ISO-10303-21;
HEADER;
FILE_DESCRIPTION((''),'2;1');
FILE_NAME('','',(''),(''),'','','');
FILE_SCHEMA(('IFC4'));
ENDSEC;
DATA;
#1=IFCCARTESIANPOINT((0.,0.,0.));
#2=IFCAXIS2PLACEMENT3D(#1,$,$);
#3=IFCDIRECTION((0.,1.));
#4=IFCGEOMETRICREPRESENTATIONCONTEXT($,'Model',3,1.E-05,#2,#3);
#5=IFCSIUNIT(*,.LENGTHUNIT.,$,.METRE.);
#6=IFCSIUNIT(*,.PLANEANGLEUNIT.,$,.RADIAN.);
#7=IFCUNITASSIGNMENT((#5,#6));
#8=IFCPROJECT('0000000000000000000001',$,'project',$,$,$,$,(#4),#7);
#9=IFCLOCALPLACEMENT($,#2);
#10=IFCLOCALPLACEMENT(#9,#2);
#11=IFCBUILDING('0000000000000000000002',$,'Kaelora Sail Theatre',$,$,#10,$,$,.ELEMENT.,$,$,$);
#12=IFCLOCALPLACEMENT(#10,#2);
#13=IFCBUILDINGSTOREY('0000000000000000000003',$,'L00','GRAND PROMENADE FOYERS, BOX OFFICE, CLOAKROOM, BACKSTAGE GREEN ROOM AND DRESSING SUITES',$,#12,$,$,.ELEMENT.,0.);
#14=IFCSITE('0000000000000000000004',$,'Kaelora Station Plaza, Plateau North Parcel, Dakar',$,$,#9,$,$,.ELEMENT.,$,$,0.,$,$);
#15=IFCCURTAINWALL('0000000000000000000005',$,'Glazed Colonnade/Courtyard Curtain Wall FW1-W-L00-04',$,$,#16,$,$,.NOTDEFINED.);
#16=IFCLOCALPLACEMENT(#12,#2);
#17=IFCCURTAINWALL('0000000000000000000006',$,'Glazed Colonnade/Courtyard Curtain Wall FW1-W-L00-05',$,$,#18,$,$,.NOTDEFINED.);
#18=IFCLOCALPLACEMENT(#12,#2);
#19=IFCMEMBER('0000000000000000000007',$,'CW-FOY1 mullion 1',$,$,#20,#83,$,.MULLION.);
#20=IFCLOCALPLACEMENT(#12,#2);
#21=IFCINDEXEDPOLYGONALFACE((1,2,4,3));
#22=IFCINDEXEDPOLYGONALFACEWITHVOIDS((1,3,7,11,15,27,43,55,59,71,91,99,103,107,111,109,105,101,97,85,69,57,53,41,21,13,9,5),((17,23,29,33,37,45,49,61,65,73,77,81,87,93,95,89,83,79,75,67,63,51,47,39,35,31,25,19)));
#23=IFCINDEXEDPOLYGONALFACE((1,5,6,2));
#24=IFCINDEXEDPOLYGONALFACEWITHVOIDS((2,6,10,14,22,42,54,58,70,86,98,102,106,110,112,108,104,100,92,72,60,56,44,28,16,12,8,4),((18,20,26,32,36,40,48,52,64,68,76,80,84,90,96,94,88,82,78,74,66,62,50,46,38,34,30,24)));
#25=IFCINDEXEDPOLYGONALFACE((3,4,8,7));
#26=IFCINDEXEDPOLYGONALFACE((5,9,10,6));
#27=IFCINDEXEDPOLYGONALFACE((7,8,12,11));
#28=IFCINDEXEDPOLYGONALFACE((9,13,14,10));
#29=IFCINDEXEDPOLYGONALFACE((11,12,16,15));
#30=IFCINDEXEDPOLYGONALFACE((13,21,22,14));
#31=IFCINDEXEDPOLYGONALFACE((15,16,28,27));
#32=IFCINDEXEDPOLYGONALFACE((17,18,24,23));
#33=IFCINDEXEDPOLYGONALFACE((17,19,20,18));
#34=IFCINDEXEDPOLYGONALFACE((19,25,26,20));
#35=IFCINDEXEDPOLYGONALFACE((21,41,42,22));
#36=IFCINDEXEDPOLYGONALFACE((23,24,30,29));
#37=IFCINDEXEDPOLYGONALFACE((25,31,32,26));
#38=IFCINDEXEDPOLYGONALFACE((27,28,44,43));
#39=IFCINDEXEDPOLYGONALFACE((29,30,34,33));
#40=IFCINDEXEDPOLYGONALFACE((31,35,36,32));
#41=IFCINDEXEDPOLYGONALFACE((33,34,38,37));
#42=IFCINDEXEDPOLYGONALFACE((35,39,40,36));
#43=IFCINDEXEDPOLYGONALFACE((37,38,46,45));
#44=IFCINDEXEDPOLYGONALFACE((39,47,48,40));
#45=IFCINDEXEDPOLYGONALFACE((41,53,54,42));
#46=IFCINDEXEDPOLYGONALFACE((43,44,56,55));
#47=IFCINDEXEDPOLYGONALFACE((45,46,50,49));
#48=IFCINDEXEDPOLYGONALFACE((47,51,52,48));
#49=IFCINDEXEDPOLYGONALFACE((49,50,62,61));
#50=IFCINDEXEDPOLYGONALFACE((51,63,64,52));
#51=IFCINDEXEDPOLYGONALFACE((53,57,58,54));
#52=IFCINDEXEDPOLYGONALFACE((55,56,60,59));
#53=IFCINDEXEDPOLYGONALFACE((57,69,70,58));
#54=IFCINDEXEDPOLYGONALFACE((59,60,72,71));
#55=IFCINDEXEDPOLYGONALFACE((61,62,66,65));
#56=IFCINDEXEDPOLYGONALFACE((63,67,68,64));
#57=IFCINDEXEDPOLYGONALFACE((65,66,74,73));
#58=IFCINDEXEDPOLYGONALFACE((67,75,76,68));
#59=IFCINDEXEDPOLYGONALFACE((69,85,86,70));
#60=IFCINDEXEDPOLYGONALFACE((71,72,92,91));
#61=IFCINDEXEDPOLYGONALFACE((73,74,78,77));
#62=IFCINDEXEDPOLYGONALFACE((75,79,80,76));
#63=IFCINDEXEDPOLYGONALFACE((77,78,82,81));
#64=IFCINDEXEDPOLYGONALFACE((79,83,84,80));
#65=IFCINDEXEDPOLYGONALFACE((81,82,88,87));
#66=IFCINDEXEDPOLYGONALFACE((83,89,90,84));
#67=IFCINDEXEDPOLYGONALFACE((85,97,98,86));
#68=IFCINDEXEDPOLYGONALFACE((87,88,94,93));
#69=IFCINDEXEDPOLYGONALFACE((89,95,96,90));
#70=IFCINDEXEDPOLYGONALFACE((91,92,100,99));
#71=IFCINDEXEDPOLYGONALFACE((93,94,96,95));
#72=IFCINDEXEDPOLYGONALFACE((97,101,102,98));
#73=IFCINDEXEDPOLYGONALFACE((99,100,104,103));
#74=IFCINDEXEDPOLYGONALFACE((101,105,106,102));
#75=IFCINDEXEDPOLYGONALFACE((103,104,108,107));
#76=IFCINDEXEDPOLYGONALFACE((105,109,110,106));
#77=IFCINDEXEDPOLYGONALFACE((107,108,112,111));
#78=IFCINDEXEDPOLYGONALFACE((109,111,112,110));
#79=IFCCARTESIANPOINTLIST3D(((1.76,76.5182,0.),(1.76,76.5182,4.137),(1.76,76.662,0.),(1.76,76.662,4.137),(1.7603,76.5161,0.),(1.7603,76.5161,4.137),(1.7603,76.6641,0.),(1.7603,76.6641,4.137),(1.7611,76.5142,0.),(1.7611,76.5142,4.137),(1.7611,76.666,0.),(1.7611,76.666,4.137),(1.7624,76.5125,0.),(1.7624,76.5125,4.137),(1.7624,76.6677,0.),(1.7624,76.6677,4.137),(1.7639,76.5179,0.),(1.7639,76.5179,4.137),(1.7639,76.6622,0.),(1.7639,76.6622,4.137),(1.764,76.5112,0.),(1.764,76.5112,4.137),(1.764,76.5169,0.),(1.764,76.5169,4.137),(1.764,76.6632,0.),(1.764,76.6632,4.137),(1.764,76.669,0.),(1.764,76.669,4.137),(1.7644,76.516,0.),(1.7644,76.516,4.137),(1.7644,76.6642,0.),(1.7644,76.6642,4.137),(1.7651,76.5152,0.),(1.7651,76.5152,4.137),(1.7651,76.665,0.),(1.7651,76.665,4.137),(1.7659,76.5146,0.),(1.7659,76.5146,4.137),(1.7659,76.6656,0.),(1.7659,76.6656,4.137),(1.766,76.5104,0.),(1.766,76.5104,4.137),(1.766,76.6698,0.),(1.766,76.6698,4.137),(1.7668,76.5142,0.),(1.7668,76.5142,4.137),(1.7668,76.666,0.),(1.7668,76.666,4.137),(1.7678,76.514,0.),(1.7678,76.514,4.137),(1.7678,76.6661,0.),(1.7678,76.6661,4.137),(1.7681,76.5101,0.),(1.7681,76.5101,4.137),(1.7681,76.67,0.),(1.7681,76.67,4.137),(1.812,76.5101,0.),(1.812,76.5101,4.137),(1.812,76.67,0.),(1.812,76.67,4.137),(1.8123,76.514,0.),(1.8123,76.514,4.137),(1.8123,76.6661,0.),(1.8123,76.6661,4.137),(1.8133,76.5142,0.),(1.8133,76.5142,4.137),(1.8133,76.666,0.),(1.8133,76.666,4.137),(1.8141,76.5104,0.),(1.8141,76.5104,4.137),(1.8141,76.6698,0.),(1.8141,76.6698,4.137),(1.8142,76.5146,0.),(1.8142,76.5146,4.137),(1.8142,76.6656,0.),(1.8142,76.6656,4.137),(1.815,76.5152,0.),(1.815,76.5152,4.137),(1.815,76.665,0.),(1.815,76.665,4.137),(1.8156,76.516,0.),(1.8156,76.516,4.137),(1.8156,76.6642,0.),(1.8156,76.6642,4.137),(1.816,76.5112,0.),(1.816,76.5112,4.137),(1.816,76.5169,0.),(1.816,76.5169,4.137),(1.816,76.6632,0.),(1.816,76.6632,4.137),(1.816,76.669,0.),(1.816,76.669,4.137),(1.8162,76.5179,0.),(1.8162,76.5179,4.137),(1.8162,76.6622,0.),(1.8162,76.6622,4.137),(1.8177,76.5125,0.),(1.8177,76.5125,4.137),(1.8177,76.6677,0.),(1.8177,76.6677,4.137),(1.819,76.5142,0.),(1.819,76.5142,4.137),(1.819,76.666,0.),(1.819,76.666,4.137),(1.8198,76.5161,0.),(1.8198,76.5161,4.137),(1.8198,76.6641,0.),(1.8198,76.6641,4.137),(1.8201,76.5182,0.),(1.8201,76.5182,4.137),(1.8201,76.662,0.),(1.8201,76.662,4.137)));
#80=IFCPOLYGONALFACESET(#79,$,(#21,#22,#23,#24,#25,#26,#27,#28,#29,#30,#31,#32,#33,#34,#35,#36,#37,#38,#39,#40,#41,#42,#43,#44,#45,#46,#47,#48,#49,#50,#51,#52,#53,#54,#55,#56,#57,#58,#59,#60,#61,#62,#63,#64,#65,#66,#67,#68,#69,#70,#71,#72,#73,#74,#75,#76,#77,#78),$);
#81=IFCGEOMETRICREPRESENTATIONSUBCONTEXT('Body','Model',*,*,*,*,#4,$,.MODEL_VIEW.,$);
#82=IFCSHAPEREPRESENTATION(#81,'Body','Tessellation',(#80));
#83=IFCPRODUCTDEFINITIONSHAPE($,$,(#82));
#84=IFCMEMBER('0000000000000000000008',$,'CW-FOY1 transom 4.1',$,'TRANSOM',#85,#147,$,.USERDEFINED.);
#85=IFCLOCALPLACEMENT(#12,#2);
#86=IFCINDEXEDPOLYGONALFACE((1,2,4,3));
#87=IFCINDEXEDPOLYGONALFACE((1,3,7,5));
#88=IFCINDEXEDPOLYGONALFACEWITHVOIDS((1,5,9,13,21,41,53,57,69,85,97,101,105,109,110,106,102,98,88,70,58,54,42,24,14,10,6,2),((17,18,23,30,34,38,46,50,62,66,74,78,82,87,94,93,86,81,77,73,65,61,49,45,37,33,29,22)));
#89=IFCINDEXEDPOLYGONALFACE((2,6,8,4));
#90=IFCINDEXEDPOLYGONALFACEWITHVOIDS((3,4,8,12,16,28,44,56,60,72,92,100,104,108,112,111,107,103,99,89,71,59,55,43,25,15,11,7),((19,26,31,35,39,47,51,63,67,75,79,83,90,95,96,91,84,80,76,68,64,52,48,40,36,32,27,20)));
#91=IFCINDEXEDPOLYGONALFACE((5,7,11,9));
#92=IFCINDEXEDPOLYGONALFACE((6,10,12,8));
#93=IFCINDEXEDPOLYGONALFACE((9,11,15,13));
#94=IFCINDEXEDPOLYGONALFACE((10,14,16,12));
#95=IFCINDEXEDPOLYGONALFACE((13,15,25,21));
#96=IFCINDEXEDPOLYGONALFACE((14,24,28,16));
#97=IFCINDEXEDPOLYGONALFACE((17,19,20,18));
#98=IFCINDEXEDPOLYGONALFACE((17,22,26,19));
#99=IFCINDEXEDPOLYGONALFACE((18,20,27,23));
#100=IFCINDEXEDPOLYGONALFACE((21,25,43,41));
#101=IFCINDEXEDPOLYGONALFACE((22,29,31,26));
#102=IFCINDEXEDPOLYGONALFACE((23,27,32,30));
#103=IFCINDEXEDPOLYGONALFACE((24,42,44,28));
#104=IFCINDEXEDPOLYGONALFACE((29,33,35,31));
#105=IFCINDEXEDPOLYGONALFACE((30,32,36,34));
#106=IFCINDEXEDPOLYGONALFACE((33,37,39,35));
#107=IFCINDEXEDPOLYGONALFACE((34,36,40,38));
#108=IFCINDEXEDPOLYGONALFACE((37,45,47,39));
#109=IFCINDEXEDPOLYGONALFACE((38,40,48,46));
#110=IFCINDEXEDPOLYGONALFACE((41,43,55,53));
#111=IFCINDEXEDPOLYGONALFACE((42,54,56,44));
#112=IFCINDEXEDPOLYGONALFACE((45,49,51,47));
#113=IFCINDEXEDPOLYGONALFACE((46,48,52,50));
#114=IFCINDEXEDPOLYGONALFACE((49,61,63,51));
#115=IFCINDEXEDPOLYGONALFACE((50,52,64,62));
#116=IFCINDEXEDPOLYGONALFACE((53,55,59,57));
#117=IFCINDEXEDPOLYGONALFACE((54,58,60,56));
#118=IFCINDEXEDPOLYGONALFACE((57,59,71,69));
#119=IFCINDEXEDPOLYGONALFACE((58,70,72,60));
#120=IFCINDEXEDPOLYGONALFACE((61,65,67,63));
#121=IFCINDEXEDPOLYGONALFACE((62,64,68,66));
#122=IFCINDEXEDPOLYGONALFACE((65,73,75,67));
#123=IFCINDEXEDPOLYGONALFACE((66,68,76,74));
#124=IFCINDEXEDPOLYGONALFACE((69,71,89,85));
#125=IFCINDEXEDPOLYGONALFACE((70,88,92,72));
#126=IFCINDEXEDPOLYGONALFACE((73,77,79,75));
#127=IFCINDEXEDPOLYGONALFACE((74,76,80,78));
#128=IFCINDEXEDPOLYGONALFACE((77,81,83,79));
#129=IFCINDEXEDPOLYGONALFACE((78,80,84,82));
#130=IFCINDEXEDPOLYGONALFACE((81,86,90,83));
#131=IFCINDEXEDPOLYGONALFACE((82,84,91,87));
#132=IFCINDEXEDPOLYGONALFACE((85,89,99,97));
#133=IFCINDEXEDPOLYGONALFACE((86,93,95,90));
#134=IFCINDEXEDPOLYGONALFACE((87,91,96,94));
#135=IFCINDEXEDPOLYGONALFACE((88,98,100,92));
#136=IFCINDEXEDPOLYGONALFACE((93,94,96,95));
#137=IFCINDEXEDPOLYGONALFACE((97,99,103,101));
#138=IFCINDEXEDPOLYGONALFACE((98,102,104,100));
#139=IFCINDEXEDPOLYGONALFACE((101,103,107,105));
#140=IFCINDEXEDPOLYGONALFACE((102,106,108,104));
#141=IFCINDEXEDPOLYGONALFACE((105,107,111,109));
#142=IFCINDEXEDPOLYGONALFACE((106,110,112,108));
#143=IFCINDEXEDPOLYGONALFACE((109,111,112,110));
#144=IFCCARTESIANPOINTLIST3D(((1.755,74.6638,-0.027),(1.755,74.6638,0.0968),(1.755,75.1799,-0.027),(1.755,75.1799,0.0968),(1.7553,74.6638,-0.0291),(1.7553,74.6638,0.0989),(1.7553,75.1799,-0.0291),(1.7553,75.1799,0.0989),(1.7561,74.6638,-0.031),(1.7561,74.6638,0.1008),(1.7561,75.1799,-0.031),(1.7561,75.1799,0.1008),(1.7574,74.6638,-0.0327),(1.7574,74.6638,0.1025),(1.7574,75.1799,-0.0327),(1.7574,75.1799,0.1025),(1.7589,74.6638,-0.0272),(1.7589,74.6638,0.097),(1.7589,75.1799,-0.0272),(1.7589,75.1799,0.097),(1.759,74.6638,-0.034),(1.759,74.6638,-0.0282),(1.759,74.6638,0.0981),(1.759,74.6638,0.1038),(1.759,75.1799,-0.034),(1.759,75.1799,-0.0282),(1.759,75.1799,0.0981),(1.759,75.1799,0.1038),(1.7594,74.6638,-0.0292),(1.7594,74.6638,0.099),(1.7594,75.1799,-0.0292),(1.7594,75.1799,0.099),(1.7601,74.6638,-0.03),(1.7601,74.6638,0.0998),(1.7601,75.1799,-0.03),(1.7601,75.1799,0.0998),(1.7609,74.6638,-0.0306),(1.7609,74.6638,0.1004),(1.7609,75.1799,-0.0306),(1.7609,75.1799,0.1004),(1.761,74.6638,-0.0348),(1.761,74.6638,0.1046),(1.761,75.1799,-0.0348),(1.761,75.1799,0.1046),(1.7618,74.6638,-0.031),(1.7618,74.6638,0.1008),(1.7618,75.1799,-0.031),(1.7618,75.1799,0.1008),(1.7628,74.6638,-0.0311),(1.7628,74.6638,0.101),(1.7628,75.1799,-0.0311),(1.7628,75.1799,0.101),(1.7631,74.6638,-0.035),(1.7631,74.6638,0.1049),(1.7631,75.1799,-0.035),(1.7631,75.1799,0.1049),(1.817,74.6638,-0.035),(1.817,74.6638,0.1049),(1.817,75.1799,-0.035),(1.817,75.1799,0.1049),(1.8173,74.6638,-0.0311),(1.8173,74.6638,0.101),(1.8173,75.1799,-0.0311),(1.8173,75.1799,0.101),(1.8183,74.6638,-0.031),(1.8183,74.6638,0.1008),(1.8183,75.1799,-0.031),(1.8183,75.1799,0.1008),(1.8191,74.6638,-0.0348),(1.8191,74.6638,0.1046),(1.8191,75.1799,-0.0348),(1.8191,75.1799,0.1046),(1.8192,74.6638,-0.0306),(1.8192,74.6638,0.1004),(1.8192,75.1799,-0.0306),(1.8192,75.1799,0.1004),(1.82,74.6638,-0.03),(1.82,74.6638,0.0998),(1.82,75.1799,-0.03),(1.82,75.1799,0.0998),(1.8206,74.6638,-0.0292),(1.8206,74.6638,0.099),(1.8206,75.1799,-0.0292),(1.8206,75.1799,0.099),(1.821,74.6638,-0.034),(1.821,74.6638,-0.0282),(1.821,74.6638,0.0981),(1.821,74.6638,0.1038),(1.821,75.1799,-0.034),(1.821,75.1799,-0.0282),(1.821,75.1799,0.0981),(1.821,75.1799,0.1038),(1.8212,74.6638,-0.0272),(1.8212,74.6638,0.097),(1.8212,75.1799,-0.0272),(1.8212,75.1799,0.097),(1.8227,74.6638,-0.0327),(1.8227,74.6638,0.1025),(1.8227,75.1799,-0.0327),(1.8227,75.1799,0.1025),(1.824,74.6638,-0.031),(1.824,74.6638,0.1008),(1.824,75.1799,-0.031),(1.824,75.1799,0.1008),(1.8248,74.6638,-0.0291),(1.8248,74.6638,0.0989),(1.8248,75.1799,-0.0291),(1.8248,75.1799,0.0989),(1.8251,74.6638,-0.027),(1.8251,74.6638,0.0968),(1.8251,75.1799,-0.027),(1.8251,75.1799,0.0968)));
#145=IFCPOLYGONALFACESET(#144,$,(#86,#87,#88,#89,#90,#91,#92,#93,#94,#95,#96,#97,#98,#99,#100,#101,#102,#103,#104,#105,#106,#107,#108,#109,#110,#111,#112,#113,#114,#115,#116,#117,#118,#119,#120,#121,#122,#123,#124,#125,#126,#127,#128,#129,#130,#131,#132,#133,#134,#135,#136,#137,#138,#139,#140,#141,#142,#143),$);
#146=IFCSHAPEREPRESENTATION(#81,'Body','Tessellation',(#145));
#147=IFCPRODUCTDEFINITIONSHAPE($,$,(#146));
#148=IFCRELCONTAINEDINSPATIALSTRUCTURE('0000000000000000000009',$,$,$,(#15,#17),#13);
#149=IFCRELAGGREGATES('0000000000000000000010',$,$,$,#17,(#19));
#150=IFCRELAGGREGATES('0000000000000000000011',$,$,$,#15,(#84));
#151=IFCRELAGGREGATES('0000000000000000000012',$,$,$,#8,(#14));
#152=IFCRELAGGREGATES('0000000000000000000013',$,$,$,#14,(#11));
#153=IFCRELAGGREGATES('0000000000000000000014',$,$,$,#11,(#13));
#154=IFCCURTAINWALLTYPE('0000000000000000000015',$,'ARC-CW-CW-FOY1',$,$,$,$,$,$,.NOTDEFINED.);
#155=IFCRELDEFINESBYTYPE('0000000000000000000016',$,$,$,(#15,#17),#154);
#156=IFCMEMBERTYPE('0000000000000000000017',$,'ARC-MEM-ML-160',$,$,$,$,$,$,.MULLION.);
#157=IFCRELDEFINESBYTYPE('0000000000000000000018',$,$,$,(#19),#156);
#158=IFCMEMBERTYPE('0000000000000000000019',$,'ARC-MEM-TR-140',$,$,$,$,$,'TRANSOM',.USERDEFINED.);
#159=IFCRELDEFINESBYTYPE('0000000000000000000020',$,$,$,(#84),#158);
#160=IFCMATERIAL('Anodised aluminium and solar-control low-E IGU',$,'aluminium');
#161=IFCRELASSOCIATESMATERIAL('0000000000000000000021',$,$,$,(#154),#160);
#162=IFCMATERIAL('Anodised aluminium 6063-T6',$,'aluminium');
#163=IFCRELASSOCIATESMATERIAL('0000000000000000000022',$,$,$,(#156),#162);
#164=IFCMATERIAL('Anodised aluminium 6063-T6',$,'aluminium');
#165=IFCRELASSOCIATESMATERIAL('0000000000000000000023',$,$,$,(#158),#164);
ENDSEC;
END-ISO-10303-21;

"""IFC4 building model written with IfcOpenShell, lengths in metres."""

from ifc_helpers import new_model, si_unit, direction, frame, origin, origin_2d, place, context, subcontext, project, spatial, hollow_rectangle, extrude, material, material_profile, profile_set, type_object, element, aggregate, save


model = new_model("IFC4")

# Units and contexts
model_context = context("Model", 3, precision=1e-05, world=origin(), true_north=direction((0.0, 1.0)))
body_context = subcontext(model_context, "Body", "Model", "MODEL_VIEW")
ifc_project = project(units=[si_unit("LENGTHUNIT", "METRE"), si_unit("PLANEANGLEUNIT", "RADIAN")], contexts=[model_context])

# Site, building, storey
site_placement = place(None, origin())
site = spatial("IfcSite", under=ifc_project, at=site_placement, Name="Kaelora Station Plaza, Plateau North Parcel, Dakar", CompositionType="ELEMENT", RefElevation=0.0)
building_placement = place(site_placement, origin())
building = spatial("IfcBuilding", under=site, at=building_placement, Name="Kaelora Sail Theatre", CompositionType="ELEMENT")
storey_placement = place(building_placement, origin())
storey = spatial("IfcBuildingStorey", under=building, at=storey_placement, Name="L00", Description="GRAND PROMENADE FOYERS, BOX OFFICE, CLOAKROOM, BACKSTAGE GREEN ROOM AND DRESSING SUITES", CompositionType="ELEMENT", Elevation=0.0)

# Curtain wall
ifc_material_1 = material(Name="Anodised aluminium and solar-control low-E IGU", Category="aluminium")
curtain_wall_type = type_object("IfcCurtainWallType", Name="ARC-CW-CW-FOY1", PredefinedType="NOTDEFINED", material=ifc_material_1)
curtain_wall_1_placement = place(storey_placement, origin())
curtain_wall_1 = element("IfcCurtainWall", 1, at=curtain_wall_1_placement, inside=storey, type_object=curtain_wall_type, Name="Glazed Colonnade/Courtyard Curtain Wall FW1-W-L00-04", PredefinedType="NOTDEFINED")
ifc_material_2 = material(Name="Anodised aluminium 6063-T6", Category="aluminium")
ifc_material_profile_1 = material_profile(ifc_material_2, hollow_rectangle(XDim=0.0601, YDim=0.1599, WallThickness=0.0039, InnerFilletRadius=0.0039, OuterFilletRadius=0.0081, at=origin_2d()), Name="ALU-MULL 60x160x4")
ifc_profile_set_1 = profile_set([ifc_material_profile_1], Name="Anodised aluminium 6063-T6")
member_type_1 = type_object("IfcMemberType", Name="ARC-MEM-ML-160", PredefinedType="MULLION", material=ifc_profile_set_1)

# Curtain wall, member
curtain_wall_2_placement = place(storey_placement, origin())
curtain_wall_2 = element("IfcCurtainWall", 2, at=curtain_wall_2_placement, inside=storey, type_object=curtain_wall_type, Name="Glazed Colonnade/Courtyard Curtain Wall FW1-W-L00-05", PredefinedType="NOTDEFINED")
member_1_placement = place(storey_placement, frame((1.79, 76.5901, 0.0), z_axis=(0.0, 0.0, 1.0), x_axis=(-1.0, 0.0, 0.0)))
member_1 = element("IfcMember", 3, at=member_1_placement, type_object=member_type_1, Name="CW-FOY1 mullion 1", PredefinedType="MULLION", context=body_context, shape_type="SweptSolid", body=[
    extrude(hollow_rectangle(XDim=0.0601, YDim=0.1599, WallThickness=0.0039, InnerFilletRadius=0.0039, OuterFilletRadius=0.0081, at=origin_2d()), origin(), (0.0, 0.0, 1.0), 4.137),
])

# Member
ifc_material_3 = material(Name="Anodised aluminium 6063-T6", Category="aluminium")
ifc_material_profile_2 = material_profile(ifc_material_3, hollow_rectangle(XDim=0.0701, YDim=0.1399, WallThickness=0.0039, InnerFilletRadius=0.0039, OuterFilletRadius=0.0081, at=origin_2d()), Name="ALU-TRAN 70x140x4")
ifc_profile_set_2 = profile_set([ifc_material_profile_2], Name="Anodised aluminium 6063-T6")
member_type_2 = type_object("IfcMemberType", Name="ARC-MEM-TR-140", ElementType="TRANSOM", PredefinedType="USERDEFINED", material=ifc_profile_set_2)
member_2_placement = place(storey_placement, frame((1.79, 74.6638, 0.0349), z_axis=(0.0, 1.0, 0.0), x_axis=(-1.0, 0.0, 0.0)))
member_2 = element("IfcMember", 4, at=member_2_placement, type_object=member_type_2, Name="CW-FOY1 transom 4.1", ObjectType="TRANSOM", PredefinedType="USERDEFINED", context=body_context, shape_type="SweptSolid", body=[
    extrude(hollow_rectangle(XDim=0.0701, YDim=0.1399, WallThickness=0.0039, InnerFilletRadius=0.0039, OuterFilletRadius=0.0081, at=origin_2d()), origin(), (0.0, 0.0, 1.0), 0.5161),
])
aggregate(curtain_wall_2, [member_1])

aggregate(curtain_wall_1, [member_2])

save(model, "model.ifc")
